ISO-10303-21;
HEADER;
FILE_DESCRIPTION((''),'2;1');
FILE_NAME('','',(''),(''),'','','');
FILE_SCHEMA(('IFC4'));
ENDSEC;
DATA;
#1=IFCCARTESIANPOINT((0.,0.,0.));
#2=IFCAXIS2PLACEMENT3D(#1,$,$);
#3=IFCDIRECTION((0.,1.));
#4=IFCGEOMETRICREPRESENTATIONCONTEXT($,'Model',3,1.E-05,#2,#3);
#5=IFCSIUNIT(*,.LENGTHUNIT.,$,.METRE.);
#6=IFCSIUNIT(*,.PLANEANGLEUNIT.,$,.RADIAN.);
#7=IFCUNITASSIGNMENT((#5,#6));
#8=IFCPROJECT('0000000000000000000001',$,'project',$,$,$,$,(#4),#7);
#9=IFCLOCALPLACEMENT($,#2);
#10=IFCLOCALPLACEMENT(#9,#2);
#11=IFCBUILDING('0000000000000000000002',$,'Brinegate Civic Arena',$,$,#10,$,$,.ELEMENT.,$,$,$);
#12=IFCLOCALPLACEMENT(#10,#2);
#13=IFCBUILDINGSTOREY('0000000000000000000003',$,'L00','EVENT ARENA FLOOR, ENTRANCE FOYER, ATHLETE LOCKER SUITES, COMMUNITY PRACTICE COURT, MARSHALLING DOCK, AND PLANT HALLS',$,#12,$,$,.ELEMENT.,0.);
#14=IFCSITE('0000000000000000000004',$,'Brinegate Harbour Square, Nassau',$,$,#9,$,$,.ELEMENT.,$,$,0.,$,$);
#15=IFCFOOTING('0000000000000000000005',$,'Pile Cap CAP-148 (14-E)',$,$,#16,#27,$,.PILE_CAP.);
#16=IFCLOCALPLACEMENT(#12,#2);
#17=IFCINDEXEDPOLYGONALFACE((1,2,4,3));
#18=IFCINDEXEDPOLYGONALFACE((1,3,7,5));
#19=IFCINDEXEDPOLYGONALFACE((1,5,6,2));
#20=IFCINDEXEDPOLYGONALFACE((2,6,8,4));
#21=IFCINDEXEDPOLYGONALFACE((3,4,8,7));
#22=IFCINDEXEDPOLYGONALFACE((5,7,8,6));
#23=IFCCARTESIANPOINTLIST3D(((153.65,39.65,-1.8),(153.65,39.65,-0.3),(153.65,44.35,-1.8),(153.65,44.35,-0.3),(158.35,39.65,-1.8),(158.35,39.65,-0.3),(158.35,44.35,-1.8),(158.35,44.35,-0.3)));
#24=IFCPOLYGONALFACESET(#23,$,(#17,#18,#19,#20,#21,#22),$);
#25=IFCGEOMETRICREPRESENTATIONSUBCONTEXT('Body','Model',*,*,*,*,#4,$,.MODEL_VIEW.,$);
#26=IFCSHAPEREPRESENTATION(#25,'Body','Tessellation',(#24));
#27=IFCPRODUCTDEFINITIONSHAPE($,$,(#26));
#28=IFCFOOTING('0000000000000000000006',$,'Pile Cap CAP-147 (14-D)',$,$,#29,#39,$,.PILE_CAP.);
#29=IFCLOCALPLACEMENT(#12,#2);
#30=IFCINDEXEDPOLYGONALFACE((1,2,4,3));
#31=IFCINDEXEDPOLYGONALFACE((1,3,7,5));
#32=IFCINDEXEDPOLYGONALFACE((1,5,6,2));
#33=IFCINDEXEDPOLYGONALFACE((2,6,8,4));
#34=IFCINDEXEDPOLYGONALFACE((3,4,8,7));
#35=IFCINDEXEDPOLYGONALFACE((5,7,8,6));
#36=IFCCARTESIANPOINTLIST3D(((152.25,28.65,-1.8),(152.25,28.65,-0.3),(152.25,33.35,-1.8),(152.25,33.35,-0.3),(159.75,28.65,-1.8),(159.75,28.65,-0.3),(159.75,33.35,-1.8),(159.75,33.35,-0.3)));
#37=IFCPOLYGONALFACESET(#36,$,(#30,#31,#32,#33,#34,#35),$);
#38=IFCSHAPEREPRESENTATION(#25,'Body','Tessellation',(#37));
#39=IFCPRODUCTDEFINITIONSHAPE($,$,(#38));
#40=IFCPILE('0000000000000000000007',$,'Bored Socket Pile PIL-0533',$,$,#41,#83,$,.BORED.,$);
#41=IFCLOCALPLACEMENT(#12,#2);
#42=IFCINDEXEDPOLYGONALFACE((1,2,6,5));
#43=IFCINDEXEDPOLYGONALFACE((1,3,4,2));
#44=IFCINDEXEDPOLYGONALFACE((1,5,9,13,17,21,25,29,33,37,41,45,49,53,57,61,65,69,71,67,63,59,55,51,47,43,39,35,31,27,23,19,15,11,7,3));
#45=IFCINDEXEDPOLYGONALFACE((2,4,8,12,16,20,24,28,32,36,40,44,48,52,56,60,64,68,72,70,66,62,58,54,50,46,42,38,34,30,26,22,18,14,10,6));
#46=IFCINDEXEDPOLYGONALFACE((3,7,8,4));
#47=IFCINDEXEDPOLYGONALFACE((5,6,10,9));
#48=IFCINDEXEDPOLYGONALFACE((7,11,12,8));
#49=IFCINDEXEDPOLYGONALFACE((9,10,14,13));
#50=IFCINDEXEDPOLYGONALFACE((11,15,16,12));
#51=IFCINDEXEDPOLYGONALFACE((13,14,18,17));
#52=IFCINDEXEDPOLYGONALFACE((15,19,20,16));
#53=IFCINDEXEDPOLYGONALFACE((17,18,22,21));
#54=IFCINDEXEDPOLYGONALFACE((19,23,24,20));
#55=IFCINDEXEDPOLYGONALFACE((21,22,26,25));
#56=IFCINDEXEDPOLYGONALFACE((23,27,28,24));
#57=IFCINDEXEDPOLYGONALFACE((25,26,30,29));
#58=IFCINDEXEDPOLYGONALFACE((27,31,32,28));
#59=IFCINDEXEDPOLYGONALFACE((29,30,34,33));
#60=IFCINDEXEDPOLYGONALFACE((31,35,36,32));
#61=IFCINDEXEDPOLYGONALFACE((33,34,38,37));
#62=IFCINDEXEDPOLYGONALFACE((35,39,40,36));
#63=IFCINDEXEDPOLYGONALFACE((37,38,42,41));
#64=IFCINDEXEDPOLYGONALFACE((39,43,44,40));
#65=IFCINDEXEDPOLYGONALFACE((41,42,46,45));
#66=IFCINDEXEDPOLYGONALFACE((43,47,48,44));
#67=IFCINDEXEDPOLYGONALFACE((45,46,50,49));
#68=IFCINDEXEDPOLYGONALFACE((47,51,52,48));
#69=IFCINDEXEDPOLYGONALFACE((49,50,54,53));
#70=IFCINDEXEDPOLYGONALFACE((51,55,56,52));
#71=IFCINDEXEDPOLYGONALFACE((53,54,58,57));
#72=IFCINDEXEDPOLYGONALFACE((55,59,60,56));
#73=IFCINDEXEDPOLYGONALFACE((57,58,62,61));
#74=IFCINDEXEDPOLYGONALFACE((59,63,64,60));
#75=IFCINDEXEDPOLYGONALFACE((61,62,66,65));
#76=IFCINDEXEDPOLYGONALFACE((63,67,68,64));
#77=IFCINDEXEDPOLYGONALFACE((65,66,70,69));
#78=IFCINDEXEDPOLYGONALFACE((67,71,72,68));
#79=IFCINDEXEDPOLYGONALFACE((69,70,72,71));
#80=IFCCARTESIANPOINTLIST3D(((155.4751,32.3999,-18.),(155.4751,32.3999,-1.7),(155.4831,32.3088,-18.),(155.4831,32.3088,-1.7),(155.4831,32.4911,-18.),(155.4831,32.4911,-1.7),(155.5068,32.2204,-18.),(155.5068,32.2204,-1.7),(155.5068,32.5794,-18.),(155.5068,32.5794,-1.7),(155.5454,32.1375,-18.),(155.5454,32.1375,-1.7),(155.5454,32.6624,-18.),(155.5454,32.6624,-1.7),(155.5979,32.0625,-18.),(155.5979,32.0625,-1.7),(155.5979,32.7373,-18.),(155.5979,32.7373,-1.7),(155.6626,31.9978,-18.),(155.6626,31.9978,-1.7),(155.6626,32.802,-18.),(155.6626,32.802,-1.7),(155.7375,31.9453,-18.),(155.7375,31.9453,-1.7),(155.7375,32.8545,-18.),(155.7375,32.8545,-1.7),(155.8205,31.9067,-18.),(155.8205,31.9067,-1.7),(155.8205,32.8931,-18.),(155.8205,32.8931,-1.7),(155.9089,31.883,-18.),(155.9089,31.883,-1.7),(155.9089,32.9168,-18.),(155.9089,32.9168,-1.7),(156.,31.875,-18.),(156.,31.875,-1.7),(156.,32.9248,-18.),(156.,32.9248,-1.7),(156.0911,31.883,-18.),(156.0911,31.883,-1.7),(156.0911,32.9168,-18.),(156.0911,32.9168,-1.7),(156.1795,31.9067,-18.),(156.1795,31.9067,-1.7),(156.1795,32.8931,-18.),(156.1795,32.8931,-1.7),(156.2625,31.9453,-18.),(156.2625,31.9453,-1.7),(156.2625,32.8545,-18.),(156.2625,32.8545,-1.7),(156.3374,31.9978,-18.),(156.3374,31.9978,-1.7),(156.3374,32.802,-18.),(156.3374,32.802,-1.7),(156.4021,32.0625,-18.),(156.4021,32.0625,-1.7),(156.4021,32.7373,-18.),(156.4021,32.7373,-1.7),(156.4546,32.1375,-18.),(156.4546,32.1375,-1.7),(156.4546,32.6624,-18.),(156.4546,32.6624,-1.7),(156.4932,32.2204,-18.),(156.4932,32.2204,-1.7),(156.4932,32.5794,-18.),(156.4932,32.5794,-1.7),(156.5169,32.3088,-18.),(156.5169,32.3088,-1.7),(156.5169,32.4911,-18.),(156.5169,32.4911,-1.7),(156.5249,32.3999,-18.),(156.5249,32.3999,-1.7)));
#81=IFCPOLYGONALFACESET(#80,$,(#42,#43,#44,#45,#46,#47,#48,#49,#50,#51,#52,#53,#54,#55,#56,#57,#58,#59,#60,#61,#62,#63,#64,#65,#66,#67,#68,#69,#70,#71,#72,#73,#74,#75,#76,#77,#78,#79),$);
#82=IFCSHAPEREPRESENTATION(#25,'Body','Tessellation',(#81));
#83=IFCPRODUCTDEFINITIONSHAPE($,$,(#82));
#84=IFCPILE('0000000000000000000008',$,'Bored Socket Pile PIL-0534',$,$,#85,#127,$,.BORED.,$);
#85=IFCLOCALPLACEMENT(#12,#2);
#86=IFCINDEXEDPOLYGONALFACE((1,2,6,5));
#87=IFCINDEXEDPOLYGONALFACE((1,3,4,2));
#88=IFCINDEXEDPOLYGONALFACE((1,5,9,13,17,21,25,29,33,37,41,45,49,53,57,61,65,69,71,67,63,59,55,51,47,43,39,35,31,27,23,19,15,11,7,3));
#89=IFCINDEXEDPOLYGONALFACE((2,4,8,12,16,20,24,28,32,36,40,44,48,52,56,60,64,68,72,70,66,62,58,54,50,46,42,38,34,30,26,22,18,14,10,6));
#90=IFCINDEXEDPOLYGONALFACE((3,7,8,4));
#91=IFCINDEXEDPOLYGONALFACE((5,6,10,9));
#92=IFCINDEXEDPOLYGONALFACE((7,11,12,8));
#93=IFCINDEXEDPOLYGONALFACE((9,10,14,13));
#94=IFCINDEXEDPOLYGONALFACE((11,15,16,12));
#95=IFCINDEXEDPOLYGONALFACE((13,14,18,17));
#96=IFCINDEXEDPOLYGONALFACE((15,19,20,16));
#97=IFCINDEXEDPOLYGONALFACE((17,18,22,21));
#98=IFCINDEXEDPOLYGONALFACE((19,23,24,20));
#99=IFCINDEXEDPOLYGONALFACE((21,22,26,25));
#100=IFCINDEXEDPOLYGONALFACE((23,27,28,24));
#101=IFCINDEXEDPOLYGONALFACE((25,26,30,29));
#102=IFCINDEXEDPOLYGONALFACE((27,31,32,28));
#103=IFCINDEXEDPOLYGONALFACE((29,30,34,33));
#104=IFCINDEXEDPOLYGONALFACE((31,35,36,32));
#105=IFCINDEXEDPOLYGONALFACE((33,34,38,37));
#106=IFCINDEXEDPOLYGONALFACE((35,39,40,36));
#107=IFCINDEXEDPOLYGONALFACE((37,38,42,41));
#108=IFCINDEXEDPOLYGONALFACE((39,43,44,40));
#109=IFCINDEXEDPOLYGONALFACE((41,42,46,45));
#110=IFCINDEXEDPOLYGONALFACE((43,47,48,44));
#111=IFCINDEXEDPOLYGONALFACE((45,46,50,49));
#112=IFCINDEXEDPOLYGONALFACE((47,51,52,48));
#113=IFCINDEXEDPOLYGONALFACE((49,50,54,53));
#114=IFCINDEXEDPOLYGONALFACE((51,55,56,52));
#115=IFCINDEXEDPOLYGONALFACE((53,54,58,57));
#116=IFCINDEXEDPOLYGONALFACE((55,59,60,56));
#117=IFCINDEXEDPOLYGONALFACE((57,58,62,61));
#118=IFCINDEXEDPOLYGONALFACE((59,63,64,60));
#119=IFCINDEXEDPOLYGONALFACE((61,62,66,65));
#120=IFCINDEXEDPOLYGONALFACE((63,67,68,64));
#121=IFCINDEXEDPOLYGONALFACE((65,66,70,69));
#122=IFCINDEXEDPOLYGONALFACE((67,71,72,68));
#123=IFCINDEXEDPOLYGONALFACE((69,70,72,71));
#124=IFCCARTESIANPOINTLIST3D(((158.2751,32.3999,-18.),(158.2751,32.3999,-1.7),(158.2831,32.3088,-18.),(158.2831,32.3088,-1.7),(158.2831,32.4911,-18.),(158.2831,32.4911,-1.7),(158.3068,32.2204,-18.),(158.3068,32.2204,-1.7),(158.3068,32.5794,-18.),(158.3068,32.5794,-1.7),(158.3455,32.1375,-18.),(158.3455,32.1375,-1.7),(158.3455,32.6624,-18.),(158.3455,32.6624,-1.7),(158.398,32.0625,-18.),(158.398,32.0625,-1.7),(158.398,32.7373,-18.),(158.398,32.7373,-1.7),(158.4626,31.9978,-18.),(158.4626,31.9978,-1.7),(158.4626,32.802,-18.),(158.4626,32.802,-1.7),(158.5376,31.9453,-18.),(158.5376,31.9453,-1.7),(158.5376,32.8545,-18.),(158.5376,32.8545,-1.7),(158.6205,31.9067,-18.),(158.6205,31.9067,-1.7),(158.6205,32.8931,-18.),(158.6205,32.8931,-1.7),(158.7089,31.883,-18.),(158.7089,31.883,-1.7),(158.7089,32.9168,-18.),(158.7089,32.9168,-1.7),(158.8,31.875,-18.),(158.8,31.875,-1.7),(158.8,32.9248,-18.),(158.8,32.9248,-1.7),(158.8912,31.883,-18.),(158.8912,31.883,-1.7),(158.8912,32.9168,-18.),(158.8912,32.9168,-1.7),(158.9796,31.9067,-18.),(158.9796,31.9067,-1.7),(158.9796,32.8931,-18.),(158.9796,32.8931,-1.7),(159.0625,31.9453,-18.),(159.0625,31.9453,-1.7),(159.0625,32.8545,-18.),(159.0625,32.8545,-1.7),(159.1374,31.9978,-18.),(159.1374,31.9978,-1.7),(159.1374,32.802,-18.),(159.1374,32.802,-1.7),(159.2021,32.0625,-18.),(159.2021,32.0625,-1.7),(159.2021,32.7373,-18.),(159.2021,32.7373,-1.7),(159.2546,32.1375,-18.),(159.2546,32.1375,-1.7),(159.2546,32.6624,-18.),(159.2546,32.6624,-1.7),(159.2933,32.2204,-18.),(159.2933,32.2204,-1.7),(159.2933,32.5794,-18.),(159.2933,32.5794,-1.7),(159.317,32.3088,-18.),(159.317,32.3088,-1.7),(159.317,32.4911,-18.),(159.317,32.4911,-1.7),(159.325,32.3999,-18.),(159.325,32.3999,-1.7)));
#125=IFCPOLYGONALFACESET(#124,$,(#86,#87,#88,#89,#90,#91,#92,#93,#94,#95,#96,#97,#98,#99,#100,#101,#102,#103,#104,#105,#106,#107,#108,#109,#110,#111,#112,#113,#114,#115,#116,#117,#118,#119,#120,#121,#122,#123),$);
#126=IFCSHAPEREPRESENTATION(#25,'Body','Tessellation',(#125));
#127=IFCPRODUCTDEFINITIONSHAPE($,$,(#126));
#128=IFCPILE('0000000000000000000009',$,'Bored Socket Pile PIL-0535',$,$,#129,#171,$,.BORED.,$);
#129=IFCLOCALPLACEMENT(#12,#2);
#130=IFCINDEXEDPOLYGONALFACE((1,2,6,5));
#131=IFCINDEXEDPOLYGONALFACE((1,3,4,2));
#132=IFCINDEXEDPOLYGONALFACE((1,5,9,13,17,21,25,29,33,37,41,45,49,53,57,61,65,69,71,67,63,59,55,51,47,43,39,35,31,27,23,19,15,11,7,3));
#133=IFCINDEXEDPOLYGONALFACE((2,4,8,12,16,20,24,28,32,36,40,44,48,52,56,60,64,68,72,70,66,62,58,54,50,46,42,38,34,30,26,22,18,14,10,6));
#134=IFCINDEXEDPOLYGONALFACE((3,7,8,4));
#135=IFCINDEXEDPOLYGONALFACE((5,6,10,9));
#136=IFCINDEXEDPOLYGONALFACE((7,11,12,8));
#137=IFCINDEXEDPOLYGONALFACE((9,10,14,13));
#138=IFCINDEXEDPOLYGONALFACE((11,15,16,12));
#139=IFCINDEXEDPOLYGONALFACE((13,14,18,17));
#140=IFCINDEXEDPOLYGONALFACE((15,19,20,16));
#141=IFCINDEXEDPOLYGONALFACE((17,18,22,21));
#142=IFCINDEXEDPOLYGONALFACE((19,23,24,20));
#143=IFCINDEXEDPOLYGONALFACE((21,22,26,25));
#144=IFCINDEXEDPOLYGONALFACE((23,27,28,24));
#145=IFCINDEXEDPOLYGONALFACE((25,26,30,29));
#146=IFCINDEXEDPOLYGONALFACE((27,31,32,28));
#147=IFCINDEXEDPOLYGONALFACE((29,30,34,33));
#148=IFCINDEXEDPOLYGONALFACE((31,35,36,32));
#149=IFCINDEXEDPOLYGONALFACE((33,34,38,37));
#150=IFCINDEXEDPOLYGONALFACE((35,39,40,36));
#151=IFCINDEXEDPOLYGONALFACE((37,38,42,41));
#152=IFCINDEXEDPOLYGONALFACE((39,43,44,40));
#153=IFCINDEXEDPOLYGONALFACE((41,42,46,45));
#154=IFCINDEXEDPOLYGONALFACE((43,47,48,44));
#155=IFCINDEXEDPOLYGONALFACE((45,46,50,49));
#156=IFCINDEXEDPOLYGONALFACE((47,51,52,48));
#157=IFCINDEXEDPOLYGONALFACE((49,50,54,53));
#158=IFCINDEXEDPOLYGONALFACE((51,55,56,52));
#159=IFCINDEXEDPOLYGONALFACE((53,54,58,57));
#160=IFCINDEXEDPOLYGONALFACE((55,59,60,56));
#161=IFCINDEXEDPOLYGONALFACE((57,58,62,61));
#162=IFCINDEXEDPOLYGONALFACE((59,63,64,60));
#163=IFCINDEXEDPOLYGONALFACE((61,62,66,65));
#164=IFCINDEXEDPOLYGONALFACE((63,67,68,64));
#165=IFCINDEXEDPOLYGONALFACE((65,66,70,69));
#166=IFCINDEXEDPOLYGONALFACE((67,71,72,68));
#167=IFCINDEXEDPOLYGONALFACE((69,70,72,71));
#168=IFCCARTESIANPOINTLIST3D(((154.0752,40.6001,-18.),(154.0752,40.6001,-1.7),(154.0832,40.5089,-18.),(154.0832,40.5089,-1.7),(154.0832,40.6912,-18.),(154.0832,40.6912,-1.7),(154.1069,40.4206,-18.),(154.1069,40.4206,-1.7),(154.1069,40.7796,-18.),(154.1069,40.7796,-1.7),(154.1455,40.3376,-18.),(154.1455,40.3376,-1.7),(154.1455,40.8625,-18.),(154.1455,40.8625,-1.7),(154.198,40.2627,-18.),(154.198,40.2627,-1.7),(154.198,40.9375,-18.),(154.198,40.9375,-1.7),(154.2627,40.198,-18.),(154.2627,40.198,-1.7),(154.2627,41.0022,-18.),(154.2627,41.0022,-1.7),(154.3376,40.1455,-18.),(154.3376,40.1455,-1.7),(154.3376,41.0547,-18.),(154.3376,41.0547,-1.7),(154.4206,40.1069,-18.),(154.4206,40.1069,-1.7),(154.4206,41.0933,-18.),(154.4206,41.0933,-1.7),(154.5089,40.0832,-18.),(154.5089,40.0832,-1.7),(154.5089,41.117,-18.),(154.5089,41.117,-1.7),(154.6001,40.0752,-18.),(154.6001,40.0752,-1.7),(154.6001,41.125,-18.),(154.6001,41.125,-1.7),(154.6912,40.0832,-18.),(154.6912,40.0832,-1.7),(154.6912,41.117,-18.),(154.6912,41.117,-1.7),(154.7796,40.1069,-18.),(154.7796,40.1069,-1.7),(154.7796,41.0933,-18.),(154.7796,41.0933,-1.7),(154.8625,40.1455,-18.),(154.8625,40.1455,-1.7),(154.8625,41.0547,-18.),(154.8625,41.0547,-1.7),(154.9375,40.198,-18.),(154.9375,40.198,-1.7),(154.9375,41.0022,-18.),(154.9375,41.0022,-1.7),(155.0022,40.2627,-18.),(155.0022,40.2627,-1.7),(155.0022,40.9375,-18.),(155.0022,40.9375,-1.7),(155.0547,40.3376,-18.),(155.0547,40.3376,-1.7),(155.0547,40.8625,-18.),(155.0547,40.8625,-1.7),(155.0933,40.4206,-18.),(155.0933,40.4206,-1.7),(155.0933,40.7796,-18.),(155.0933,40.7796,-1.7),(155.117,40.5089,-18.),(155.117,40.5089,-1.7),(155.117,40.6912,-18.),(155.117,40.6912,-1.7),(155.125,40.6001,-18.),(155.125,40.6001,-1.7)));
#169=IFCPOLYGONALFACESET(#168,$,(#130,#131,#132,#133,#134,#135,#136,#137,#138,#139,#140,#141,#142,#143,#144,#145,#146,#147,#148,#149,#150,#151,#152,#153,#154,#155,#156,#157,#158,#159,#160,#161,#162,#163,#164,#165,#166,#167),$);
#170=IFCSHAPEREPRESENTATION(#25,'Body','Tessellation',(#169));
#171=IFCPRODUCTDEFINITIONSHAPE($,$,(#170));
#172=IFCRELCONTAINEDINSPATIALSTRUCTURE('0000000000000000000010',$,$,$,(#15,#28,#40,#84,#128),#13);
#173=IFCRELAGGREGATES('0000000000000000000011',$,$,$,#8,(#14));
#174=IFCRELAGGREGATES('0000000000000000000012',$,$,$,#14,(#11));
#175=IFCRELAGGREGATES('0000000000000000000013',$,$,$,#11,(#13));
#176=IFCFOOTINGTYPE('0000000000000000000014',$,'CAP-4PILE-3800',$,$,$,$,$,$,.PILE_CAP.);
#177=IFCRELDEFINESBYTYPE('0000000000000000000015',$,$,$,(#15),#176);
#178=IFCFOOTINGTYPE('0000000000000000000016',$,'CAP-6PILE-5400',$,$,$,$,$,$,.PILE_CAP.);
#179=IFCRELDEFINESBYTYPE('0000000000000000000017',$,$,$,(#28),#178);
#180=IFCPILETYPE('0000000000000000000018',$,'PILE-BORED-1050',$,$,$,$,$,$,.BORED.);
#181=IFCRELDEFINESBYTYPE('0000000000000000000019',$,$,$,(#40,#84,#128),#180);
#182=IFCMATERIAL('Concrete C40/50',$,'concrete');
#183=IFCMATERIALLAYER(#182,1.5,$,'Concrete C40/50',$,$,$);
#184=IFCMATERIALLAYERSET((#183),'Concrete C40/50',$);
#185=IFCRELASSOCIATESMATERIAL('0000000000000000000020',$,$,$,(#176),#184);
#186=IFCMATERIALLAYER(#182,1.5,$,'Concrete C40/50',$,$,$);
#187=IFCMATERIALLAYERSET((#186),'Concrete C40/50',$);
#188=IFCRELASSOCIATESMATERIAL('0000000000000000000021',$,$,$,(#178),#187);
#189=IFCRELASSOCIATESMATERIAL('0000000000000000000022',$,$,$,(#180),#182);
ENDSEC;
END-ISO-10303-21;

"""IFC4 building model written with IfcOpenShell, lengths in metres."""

from ifc_helpers import new_model, si_unit, direction, frame, origin, origin_2d, place, context, subcontext, project, spatial, rectangle, circle, extrude, material, layer, layer_set, material_profile, profile_set, type_object, element, save


model = new_model("IFC4")

# Units and contexts
model_context = context("Model", 3, precision=1e-05, world=origin(), true_north=direction((0.0, 1.0)))
body_context = subcontext(model_context, "Body", "Model", "MODEL_VIEW")
ifc_project = project(units=[si_unit("LENGTHUNIT", "METRE"), si_unit("PLANEANGLEUNIT", "RADIAN")], contexts=[model_context])

# Site, building, storey
site_placement = place(None, origin())
site = spatial("IfcSite", under=ifc_project, at=site_placement, Name="Brinegate Harbour Square, Nassau", CompositionType="ELEMENT", RefElevation=0.0)
building_placement = place(site_placement, origin())
building = spatial("IfcBuilding", under=site, at=building_placement, Name="Brinegate Civic Arena", CompositionType="ELEMENT")
storey_placement = place(building_placement, origin())
storey = spatial("IfcBuildingStorey", under=building, at=storey_placement, Name="L00", Description="EVENT ARENA FLOOR, ENTRANCE FOYER, ATHLETE LOCKER SUITES, COMMUNITY PRACTICE COURT, MARSHALLING DOCK, AND PLANT HALLS", CompositionType="ELEMENT", Elevation=0.0)

# Footings
ifc_material_1 = material(Name="Concrete C40/50", Category="concrete")
ifc_layer_1 = layer(ifc_material_1, 1.5, Name="Concrete C40/50")
ifc_layer_set_1 = layer_set([ifc_layer_1], Name="Concrete C40/50")
footing_type_1 = type_object("IfcFootingType", Name="CAP-4PILE-3800", PredefinedType="PILE_CAP", material=ifc_layer_set_1)
footing_1_placement = place(storey_placement, frame((156.0, 42.0, -1.8), z_axis=(0.0, 0.0, 1.0), x_axis=(1.0, 0.0, 0.0)))
element("IfcFooting", 1, at=footing_1_placement, inside=storey, type_object=footing_type_1, Name="Pile Cap CAP-148 (14-E)", PredefinedType="PILE_CAP", context=body_context, shape_type="SweptSolid", body=[
    extrude(rectangle(XDim=4.7, YDim=4.7, at=origin_2d()), origin(), (0.0, 0.0, 1.0), 1.5),
])
ifc_layer_2 = layer(ifc_material_1, 1.5, Name="Concrete C40/50")
ifc_layer_set_2 = layer_set([ifc_layer_2], Name="Concrete C40/50")
footing_type_2 = type_object("IfcFootingType", Name="CAP-6PILE-5400", PredefinedType="PILE_CAP", material=ifc_layer_set_2)
footing_2_placement = place(storey_placement, frame((156.0, 31.0, -1.8), z_axis=(0.0, 0.0, 1.0), x_axis=(1.0, 0.0, 0.0)))
element("IfcFooting", 2, at=footing_2_placement, inside=storey, type_object=footing_type_2, Name="Pile Cap CAP-147 (14-D)", PredefinedType="PILE_CAP", context=body_context, shape_type="SweptSolid", body=[
    extrude(rectangle(XDim=7.5, YDim=4.7, at=origin_2d()), origin(), (0.0, 0.0, 1.0), 1.5),
])

# Piles
ifc_material_profile_1 = material_profile(ifc_material_1, circle(Radius=0.5249, at=origin_2d()), Name="PILED1050")
ifc_profile_set_1 = profile_set([ifc_material_profile_1], Name="Concrete C40/50")
pile_type = type_object("IfcPileType", Name="PILE-BORED-1050", PredefinedType="BORED", material=ifc_profile_set_1)
for number, where, z_axis, x_axis, name in (
    (3, (156.0, 32.3999, -1.7), (0.0, 0.0, -1.0), (1.0, 0.0, 0.0), "Bored Socket Pile PIL-0533"),
    (4, (158.8, 32.3999, -1.7), (0.0, 0.0, -1.0), (1.0, 0.0, 0.0), "Bored Socket Pile PIL-0534"),
    (5, (154.6001, 40.6001, -1.7), (0.0, 0.0, -1.0), (1.0, 0.0, 0.0), "Bored Socket Pile PIL-0535"),
):
    element("IfcPile", number, at=place(storey_placement, frame(where, z_axis=z_axis, x_axis=x_axis)), inside=storey, type_object=pile_type, Name=name, PredefinedType="BORED", context=body_context, shape_type="SweptSolid", body=[
        extrude(circle(Radius=0.5249, at=origin_2d()), origin(), (0.0, 0.0, 1.0), 16.3),
    ])

save(model, "model.ifc")
